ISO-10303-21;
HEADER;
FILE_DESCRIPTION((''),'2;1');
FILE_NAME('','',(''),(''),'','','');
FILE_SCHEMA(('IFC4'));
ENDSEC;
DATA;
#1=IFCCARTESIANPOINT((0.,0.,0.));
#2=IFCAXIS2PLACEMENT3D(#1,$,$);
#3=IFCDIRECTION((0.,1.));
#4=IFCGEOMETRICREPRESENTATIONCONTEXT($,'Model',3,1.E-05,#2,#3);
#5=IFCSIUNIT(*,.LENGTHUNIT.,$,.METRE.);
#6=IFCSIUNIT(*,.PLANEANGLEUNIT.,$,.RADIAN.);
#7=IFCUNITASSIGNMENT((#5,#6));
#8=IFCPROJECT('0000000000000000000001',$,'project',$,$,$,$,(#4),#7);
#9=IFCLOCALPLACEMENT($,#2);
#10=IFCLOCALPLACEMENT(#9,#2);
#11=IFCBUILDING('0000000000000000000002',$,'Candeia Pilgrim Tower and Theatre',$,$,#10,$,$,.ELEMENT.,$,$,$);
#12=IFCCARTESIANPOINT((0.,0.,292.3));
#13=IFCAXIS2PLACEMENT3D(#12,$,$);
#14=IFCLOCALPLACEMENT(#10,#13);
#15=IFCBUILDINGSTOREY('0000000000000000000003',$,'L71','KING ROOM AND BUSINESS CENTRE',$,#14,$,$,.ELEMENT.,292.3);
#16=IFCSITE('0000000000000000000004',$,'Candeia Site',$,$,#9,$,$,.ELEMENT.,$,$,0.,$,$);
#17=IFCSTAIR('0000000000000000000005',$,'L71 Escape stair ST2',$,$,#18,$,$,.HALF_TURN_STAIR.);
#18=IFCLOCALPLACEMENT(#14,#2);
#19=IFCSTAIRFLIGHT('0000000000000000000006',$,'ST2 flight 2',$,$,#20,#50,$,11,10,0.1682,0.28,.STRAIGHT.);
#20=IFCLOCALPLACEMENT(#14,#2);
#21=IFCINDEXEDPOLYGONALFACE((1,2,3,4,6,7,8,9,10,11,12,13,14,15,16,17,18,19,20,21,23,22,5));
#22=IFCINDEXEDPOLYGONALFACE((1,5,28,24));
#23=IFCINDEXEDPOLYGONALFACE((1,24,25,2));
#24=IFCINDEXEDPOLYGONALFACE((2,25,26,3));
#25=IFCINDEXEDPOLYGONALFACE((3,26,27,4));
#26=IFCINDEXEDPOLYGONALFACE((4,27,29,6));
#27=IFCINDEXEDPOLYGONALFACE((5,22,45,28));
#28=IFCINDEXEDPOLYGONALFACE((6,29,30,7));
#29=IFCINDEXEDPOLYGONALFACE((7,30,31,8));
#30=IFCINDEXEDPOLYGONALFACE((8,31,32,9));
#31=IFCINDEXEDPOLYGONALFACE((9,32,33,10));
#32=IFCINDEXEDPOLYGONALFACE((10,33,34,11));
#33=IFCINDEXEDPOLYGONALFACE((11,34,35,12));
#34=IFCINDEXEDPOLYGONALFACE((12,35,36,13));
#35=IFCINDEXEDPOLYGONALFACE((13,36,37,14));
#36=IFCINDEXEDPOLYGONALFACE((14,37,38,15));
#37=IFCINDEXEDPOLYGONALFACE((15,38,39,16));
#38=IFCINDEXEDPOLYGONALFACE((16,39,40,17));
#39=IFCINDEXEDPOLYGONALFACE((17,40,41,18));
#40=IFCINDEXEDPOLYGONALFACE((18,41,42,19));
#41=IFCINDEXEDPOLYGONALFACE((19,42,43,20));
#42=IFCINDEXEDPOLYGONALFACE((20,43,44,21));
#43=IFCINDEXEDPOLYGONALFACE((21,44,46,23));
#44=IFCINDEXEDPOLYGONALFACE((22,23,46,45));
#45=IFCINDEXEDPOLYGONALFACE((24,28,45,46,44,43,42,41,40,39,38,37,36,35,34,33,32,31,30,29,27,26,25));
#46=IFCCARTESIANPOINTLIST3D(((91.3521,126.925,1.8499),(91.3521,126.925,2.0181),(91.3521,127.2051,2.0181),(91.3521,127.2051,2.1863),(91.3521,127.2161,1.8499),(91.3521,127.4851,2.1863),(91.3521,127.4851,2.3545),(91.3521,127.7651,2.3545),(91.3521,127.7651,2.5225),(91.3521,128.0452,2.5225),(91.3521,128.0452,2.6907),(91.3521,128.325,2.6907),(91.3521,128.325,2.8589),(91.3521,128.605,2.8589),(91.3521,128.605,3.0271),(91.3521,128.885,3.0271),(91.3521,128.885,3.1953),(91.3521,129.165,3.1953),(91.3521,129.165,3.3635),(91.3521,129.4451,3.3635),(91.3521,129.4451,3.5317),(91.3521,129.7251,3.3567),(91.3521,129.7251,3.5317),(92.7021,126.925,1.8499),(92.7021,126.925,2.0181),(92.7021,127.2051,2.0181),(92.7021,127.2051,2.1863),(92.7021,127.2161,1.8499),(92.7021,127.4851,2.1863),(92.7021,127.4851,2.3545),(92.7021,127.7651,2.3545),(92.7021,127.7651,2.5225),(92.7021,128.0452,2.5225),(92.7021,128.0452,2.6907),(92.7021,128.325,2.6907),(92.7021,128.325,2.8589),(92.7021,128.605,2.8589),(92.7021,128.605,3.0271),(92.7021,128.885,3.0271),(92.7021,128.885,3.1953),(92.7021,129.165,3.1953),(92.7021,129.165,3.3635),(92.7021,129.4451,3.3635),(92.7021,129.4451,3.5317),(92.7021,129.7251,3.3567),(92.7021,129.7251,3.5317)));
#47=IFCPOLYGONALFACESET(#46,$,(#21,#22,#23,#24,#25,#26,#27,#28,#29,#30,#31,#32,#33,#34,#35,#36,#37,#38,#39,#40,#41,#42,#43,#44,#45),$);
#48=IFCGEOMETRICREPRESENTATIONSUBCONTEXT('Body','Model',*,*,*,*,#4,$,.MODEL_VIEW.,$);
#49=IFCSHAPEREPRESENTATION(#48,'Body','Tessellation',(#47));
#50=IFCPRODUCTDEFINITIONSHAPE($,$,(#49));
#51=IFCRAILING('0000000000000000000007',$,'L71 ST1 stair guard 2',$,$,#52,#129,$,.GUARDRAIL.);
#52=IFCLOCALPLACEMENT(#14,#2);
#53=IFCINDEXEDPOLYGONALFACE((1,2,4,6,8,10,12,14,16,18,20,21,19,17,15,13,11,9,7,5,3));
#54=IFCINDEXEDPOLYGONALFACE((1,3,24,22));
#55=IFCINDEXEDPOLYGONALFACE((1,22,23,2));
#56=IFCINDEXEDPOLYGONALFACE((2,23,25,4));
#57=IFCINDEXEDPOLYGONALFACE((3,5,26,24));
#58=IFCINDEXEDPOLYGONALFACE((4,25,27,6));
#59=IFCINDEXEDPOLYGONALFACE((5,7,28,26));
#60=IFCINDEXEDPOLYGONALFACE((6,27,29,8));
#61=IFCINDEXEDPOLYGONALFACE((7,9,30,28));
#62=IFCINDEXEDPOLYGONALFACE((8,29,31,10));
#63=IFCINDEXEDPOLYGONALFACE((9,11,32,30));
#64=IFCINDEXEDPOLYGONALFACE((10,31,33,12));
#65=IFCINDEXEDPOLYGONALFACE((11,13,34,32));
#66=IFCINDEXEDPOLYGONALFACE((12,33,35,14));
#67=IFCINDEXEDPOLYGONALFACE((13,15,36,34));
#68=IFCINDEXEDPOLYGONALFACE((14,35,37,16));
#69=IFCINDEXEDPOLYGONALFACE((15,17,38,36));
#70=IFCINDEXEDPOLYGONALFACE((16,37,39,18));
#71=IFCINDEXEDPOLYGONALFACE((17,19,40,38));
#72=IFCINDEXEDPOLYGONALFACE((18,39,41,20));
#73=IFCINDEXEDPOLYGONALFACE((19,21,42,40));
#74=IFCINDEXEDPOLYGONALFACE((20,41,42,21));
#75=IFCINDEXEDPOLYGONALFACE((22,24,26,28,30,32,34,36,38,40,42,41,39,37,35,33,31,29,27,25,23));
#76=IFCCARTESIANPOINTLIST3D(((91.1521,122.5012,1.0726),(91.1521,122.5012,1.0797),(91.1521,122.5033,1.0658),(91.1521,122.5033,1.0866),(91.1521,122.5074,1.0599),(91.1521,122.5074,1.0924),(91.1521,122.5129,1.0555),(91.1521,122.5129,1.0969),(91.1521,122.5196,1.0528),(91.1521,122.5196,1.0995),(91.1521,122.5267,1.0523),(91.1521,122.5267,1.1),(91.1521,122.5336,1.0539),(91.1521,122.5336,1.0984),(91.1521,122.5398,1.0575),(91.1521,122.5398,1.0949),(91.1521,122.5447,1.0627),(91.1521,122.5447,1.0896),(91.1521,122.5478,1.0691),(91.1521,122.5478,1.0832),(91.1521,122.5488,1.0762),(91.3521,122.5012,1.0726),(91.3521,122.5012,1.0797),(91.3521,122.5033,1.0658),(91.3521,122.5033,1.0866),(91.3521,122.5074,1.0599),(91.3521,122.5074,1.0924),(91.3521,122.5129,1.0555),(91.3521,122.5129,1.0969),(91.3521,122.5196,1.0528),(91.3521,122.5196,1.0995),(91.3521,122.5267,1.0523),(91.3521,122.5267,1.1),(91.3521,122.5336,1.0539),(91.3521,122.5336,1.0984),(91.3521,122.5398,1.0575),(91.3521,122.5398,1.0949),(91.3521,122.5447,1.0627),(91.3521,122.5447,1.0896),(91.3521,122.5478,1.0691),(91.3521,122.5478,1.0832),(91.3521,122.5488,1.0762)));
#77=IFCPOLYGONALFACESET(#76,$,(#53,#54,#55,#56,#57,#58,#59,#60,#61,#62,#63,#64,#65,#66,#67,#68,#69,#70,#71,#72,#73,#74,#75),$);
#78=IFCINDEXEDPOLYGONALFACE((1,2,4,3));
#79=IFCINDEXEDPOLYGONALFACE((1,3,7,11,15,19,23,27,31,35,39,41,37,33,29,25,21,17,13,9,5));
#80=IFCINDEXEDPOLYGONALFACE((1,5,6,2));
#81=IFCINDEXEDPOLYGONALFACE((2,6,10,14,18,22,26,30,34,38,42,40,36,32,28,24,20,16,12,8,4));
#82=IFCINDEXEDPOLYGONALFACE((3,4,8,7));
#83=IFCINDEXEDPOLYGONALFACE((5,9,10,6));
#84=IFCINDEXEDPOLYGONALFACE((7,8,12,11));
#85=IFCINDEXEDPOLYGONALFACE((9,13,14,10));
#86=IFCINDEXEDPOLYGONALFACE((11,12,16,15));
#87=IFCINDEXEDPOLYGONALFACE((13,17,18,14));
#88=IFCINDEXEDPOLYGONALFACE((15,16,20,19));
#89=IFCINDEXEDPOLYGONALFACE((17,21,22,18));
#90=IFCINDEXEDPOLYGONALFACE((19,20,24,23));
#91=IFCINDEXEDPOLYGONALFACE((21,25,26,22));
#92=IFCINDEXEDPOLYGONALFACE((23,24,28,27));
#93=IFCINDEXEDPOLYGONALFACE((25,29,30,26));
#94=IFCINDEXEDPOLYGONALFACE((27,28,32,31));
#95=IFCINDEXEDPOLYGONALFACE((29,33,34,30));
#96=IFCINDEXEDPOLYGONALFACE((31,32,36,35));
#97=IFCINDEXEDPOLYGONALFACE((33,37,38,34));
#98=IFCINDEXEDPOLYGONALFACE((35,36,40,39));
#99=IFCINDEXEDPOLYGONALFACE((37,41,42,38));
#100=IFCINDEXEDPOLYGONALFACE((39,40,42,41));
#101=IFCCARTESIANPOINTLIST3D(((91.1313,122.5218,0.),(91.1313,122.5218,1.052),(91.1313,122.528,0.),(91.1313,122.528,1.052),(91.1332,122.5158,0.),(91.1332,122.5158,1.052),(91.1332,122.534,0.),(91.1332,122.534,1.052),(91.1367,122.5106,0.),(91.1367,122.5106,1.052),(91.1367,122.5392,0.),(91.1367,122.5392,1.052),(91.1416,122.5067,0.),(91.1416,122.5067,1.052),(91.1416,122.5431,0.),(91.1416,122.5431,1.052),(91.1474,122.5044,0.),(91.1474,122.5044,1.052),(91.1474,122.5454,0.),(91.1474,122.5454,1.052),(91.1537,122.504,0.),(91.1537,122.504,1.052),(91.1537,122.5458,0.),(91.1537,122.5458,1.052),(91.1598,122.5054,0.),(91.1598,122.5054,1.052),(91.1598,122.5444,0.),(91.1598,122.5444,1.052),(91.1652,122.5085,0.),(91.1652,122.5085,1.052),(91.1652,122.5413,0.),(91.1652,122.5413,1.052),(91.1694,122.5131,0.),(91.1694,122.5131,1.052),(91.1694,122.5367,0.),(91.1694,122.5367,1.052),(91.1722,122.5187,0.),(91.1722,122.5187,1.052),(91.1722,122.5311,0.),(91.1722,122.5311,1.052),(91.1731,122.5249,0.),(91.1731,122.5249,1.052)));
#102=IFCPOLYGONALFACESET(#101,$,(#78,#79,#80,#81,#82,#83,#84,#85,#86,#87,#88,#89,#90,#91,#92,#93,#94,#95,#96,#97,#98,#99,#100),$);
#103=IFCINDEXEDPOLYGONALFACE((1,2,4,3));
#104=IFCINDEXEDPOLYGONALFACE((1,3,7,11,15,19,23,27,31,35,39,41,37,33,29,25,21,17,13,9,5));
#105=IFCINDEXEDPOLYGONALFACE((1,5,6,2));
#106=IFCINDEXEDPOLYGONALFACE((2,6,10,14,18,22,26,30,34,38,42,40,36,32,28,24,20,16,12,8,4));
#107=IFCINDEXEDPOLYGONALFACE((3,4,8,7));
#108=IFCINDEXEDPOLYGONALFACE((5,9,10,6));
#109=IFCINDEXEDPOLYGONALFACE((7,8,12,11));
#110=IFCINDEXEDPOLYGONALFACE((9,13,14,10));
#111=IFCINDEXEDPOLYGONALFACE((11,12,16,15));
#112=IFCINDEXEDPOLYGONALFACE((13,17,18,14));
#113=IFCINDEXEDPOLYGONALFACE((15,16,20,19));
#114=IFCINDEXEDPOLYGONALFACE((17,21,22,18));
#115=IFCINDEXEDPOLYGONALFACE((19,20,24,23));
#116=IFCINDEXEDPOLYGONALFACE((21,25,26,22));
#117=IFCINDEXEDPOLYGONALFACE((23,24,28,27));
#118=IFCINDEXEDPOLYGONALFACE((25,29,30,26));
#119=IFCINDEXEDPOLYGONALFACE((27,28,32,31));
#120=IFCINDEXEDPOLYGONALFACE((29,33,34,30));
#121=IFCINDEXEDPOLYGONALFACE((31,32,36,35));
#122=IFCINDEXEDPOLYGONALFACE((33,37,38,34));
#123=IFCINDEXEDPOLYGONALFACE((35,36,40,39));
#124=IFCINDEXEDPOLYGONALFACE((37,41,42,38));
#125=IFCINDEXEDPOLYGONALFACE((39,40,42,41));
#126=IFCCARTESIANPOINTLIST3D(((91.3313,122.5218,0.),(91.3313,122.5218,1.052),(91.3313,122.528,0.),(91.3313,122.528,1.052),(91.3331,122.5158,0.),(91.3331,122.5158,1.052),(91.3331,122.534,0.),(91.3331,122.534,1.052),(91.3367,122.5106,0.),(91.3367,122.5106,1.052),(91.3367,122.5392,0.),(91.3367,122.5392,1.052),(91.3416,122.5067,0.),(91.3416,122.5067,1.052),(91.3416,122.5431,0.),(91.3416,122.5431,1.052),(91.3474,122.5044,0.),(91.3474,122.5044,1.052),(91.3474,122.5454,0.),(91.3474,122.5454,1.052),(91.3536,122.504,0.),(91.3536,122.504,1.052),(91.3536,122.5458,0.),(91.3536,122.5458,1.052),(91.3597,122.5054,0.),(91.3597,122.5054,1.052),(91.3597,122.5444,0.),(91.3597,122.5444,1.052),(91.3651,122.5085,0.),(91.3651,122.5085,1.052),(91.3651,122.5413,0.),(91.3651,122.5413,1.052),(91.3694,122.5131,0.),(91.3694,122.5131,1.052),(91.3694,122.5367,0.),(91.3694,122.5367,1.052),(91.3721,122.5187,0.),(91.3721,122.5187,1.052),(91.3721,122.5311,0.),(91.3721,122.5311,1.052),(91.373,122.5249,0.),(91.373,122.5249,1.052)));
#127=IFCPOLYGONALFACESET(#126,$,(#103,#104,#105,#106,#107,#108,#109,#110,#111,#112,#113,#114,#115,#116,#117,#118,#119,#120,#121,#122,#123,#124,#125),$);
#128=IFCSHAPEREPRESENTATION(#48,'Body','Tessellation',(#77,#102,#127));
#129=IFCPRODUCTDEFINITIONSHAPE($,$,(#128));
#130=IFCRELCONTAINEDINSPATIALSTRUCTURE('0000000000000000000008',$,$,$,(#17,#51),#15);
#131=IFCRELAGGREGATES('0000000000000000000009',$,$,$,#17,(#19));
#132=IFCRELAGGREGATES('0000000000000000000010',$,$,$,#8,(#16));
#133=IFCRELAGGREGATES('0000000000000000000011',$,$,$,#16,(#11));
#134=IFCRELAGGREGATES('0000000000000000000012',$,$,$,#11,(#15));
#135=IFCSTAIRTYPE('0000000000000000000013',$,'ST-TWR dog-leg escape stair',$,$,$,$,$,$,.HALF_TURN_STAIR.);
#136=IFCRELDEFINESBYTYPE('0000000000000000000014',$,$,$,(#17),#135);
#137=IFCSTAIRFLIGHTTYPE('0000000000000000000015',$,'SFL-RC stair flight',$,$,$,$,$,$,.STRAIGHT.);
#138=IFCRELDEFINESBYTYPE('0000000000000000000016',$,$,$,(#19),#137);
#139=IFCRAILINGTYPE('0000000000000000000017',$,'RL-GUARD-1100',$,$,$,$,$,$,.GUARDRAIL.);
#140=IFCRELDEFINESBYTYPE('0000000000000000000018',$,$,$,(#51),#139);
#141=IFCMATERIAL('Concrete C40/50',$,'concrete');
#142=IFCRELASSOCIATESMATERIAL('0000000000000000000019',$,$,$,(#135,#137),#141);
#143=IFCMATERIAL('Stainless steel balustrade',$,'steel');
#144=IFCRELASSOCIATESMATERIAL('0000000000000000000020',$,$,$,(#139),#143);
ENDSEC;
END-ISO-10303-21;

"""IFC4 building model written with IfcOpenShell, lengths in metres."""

from ifc_helpers import new_model, si_unit, direction, frame, origin, origin_2d, place, context, subcontext, project, spatial, polyline, circle, outline, extrude, material, type_object, element, aggregate, save


model = new_model("IFC4")

# Units and contexts
model_context = context("Model", 3, precision=1e-05, world=origin(), true_north=direction((0.0, 1.0)))
body_context = subcontext(model_context, "Body", "Model", "MODEL_VIEW")
ifc_project = project(units=[si_unit("LENGTHUNIT", "METRE"), si_unit("PLANEANGLEUNIT", "RADIAN")], contexts=[model_context])

# Site, building, storey
site_placement = place(None, origin())
site = spatial("IfcSite", under=ifc_project, at=site_placement, Name="Candeia Site", CompositionType="ELEMENT", RefElevation=0.0)
building_placement = place(site_placement, origin())
building = spatial("IfcBuilding", under=site, at=building_placement, Name="Candeia Pilgrim Tower and Theatre", CompositionType="ELEMENT")
storey_placement = place(building_placement, frame((0.0, 0.0, 292.3)))
storey = spatial("IfcBuildingStorey", under=building, at=storey_placement, Name="L71", Description="KING ROOM AND BUSINESS CENTRE", CompositionType="ELEMENT", Elevation=292.3)

# Shared definitions
ifc_material_1 = material(Name="Concrete C40/50", Category="concrete")

# Stair, stair flight
stair_type = type_object("IfcStairType", Name="ST-TWR dog-leg escape stair", PredefinedType="HALF_TURN_STAIR", material=ifc_material_1)
stair_flight_type = type_object("IfcStairFlightType", Name="SFL-RC stair flight", PredefinedType="STRAIGHT", material=ifc_material_1)
stair_1_placement = place(storey_placement, origin())
stair_1 = element("IfcStair", 1, at=stair_1_placement, inside=storey, type_object=stair_type, Name="L71 Escape stair ST2", PredefinedType="HALF_TURN_STAIR")
stair_flight_1_placement = place(storey_placement, frame((92.0271, 126.925, 1.8499), z_axis=(0.0, 0.0, 1.0), x_axis=(0.0, 1.0, 0.0)))
stair_flight_1 = element("IfcStairFlight", 2, at=stair_flight_1_placement, type_object=stair_flight_type, Name="ST2 flight 2", NumberOfRisers=11, NumberOfTreads=10, PredefinedType="STRAIGHT", RiserHeight=0.1682, TreadLength=0.28, context=body_context, shape_type="SweptSolid", body=[
    extrude(outline(polyline([(0.0, 0.0), (0.0, 0.1682), (0.28, 0.1682), (0.28, 0.3364), (0.5601, 0.3364), (0.5601, 0.5046), (0.8401, 0.5046), (0.8401, 0.6726), (1.1201, 0.6726), (1.1201, 0.8408), (1.3999, 0.8408), (1.3999, 1.009), (1.6799, 1.009), (1.6799, 1.1772), (1.96, 1.1772), (1.96, 1.3455), (2.24, 1.3455), (2.24, 1.5137), (2.52, 1.5137), (2.52, 1.6819), (2.8, 1.6819), (2.8, 1.8501), (2.8, 1.5068), (0.291, 0.0), (0.0, 0.0)])), frame((0.0, 0.675, 0.0), z_axis=(0.0, -1.0, 0.0), x_axis=(1.0, 0.0, 0.0)), (0.0, 0.0, 1.0), 1.3501),
])
aggregate(stair_1, [stair_flight_1])

# Railing
ifc_material_2 = material(Name="Stainless steel balustrade", Category="steel")
railing_type_1 = type_object("IfcRailingType", Name="RL-GUARD-1100", PredefinedType="GUARDRAIL", material=ifc_material_2)
railing_1_placement = place(storey_placement, frame((91.1521, 122.5249, 0.0)))
element("IfcRailing", 3, at=railing_1_placement, inside=storey, type_object=railing_type_1, Name="L71 ST1 stair guard 2", PredefinedType="GUARDRAIL", context=body_context, shape_type="SweptSolid", body=[
    extrude(circle(Radius=0.0239, at=origin_2d()), frame((0.0, 0.0, 1.0762), z_axis=(1.0, 0.0, 0.0), x_axis=(0.0, 1.0, 0.0)), (0.0, 0.0, 1.0), 0.2),
    extrude(circle(Radius=0.021, at=origin_2d()), origin(), (0.0, 0.0, 1.0), 1.052),
    extrude(circle(Radius=0.021, at=origin_2d()), frame((0.2, 0.0, 0.0)), (0.0, 0.0, 1.0), 1.052),
])

save(model, "model.ifc")
